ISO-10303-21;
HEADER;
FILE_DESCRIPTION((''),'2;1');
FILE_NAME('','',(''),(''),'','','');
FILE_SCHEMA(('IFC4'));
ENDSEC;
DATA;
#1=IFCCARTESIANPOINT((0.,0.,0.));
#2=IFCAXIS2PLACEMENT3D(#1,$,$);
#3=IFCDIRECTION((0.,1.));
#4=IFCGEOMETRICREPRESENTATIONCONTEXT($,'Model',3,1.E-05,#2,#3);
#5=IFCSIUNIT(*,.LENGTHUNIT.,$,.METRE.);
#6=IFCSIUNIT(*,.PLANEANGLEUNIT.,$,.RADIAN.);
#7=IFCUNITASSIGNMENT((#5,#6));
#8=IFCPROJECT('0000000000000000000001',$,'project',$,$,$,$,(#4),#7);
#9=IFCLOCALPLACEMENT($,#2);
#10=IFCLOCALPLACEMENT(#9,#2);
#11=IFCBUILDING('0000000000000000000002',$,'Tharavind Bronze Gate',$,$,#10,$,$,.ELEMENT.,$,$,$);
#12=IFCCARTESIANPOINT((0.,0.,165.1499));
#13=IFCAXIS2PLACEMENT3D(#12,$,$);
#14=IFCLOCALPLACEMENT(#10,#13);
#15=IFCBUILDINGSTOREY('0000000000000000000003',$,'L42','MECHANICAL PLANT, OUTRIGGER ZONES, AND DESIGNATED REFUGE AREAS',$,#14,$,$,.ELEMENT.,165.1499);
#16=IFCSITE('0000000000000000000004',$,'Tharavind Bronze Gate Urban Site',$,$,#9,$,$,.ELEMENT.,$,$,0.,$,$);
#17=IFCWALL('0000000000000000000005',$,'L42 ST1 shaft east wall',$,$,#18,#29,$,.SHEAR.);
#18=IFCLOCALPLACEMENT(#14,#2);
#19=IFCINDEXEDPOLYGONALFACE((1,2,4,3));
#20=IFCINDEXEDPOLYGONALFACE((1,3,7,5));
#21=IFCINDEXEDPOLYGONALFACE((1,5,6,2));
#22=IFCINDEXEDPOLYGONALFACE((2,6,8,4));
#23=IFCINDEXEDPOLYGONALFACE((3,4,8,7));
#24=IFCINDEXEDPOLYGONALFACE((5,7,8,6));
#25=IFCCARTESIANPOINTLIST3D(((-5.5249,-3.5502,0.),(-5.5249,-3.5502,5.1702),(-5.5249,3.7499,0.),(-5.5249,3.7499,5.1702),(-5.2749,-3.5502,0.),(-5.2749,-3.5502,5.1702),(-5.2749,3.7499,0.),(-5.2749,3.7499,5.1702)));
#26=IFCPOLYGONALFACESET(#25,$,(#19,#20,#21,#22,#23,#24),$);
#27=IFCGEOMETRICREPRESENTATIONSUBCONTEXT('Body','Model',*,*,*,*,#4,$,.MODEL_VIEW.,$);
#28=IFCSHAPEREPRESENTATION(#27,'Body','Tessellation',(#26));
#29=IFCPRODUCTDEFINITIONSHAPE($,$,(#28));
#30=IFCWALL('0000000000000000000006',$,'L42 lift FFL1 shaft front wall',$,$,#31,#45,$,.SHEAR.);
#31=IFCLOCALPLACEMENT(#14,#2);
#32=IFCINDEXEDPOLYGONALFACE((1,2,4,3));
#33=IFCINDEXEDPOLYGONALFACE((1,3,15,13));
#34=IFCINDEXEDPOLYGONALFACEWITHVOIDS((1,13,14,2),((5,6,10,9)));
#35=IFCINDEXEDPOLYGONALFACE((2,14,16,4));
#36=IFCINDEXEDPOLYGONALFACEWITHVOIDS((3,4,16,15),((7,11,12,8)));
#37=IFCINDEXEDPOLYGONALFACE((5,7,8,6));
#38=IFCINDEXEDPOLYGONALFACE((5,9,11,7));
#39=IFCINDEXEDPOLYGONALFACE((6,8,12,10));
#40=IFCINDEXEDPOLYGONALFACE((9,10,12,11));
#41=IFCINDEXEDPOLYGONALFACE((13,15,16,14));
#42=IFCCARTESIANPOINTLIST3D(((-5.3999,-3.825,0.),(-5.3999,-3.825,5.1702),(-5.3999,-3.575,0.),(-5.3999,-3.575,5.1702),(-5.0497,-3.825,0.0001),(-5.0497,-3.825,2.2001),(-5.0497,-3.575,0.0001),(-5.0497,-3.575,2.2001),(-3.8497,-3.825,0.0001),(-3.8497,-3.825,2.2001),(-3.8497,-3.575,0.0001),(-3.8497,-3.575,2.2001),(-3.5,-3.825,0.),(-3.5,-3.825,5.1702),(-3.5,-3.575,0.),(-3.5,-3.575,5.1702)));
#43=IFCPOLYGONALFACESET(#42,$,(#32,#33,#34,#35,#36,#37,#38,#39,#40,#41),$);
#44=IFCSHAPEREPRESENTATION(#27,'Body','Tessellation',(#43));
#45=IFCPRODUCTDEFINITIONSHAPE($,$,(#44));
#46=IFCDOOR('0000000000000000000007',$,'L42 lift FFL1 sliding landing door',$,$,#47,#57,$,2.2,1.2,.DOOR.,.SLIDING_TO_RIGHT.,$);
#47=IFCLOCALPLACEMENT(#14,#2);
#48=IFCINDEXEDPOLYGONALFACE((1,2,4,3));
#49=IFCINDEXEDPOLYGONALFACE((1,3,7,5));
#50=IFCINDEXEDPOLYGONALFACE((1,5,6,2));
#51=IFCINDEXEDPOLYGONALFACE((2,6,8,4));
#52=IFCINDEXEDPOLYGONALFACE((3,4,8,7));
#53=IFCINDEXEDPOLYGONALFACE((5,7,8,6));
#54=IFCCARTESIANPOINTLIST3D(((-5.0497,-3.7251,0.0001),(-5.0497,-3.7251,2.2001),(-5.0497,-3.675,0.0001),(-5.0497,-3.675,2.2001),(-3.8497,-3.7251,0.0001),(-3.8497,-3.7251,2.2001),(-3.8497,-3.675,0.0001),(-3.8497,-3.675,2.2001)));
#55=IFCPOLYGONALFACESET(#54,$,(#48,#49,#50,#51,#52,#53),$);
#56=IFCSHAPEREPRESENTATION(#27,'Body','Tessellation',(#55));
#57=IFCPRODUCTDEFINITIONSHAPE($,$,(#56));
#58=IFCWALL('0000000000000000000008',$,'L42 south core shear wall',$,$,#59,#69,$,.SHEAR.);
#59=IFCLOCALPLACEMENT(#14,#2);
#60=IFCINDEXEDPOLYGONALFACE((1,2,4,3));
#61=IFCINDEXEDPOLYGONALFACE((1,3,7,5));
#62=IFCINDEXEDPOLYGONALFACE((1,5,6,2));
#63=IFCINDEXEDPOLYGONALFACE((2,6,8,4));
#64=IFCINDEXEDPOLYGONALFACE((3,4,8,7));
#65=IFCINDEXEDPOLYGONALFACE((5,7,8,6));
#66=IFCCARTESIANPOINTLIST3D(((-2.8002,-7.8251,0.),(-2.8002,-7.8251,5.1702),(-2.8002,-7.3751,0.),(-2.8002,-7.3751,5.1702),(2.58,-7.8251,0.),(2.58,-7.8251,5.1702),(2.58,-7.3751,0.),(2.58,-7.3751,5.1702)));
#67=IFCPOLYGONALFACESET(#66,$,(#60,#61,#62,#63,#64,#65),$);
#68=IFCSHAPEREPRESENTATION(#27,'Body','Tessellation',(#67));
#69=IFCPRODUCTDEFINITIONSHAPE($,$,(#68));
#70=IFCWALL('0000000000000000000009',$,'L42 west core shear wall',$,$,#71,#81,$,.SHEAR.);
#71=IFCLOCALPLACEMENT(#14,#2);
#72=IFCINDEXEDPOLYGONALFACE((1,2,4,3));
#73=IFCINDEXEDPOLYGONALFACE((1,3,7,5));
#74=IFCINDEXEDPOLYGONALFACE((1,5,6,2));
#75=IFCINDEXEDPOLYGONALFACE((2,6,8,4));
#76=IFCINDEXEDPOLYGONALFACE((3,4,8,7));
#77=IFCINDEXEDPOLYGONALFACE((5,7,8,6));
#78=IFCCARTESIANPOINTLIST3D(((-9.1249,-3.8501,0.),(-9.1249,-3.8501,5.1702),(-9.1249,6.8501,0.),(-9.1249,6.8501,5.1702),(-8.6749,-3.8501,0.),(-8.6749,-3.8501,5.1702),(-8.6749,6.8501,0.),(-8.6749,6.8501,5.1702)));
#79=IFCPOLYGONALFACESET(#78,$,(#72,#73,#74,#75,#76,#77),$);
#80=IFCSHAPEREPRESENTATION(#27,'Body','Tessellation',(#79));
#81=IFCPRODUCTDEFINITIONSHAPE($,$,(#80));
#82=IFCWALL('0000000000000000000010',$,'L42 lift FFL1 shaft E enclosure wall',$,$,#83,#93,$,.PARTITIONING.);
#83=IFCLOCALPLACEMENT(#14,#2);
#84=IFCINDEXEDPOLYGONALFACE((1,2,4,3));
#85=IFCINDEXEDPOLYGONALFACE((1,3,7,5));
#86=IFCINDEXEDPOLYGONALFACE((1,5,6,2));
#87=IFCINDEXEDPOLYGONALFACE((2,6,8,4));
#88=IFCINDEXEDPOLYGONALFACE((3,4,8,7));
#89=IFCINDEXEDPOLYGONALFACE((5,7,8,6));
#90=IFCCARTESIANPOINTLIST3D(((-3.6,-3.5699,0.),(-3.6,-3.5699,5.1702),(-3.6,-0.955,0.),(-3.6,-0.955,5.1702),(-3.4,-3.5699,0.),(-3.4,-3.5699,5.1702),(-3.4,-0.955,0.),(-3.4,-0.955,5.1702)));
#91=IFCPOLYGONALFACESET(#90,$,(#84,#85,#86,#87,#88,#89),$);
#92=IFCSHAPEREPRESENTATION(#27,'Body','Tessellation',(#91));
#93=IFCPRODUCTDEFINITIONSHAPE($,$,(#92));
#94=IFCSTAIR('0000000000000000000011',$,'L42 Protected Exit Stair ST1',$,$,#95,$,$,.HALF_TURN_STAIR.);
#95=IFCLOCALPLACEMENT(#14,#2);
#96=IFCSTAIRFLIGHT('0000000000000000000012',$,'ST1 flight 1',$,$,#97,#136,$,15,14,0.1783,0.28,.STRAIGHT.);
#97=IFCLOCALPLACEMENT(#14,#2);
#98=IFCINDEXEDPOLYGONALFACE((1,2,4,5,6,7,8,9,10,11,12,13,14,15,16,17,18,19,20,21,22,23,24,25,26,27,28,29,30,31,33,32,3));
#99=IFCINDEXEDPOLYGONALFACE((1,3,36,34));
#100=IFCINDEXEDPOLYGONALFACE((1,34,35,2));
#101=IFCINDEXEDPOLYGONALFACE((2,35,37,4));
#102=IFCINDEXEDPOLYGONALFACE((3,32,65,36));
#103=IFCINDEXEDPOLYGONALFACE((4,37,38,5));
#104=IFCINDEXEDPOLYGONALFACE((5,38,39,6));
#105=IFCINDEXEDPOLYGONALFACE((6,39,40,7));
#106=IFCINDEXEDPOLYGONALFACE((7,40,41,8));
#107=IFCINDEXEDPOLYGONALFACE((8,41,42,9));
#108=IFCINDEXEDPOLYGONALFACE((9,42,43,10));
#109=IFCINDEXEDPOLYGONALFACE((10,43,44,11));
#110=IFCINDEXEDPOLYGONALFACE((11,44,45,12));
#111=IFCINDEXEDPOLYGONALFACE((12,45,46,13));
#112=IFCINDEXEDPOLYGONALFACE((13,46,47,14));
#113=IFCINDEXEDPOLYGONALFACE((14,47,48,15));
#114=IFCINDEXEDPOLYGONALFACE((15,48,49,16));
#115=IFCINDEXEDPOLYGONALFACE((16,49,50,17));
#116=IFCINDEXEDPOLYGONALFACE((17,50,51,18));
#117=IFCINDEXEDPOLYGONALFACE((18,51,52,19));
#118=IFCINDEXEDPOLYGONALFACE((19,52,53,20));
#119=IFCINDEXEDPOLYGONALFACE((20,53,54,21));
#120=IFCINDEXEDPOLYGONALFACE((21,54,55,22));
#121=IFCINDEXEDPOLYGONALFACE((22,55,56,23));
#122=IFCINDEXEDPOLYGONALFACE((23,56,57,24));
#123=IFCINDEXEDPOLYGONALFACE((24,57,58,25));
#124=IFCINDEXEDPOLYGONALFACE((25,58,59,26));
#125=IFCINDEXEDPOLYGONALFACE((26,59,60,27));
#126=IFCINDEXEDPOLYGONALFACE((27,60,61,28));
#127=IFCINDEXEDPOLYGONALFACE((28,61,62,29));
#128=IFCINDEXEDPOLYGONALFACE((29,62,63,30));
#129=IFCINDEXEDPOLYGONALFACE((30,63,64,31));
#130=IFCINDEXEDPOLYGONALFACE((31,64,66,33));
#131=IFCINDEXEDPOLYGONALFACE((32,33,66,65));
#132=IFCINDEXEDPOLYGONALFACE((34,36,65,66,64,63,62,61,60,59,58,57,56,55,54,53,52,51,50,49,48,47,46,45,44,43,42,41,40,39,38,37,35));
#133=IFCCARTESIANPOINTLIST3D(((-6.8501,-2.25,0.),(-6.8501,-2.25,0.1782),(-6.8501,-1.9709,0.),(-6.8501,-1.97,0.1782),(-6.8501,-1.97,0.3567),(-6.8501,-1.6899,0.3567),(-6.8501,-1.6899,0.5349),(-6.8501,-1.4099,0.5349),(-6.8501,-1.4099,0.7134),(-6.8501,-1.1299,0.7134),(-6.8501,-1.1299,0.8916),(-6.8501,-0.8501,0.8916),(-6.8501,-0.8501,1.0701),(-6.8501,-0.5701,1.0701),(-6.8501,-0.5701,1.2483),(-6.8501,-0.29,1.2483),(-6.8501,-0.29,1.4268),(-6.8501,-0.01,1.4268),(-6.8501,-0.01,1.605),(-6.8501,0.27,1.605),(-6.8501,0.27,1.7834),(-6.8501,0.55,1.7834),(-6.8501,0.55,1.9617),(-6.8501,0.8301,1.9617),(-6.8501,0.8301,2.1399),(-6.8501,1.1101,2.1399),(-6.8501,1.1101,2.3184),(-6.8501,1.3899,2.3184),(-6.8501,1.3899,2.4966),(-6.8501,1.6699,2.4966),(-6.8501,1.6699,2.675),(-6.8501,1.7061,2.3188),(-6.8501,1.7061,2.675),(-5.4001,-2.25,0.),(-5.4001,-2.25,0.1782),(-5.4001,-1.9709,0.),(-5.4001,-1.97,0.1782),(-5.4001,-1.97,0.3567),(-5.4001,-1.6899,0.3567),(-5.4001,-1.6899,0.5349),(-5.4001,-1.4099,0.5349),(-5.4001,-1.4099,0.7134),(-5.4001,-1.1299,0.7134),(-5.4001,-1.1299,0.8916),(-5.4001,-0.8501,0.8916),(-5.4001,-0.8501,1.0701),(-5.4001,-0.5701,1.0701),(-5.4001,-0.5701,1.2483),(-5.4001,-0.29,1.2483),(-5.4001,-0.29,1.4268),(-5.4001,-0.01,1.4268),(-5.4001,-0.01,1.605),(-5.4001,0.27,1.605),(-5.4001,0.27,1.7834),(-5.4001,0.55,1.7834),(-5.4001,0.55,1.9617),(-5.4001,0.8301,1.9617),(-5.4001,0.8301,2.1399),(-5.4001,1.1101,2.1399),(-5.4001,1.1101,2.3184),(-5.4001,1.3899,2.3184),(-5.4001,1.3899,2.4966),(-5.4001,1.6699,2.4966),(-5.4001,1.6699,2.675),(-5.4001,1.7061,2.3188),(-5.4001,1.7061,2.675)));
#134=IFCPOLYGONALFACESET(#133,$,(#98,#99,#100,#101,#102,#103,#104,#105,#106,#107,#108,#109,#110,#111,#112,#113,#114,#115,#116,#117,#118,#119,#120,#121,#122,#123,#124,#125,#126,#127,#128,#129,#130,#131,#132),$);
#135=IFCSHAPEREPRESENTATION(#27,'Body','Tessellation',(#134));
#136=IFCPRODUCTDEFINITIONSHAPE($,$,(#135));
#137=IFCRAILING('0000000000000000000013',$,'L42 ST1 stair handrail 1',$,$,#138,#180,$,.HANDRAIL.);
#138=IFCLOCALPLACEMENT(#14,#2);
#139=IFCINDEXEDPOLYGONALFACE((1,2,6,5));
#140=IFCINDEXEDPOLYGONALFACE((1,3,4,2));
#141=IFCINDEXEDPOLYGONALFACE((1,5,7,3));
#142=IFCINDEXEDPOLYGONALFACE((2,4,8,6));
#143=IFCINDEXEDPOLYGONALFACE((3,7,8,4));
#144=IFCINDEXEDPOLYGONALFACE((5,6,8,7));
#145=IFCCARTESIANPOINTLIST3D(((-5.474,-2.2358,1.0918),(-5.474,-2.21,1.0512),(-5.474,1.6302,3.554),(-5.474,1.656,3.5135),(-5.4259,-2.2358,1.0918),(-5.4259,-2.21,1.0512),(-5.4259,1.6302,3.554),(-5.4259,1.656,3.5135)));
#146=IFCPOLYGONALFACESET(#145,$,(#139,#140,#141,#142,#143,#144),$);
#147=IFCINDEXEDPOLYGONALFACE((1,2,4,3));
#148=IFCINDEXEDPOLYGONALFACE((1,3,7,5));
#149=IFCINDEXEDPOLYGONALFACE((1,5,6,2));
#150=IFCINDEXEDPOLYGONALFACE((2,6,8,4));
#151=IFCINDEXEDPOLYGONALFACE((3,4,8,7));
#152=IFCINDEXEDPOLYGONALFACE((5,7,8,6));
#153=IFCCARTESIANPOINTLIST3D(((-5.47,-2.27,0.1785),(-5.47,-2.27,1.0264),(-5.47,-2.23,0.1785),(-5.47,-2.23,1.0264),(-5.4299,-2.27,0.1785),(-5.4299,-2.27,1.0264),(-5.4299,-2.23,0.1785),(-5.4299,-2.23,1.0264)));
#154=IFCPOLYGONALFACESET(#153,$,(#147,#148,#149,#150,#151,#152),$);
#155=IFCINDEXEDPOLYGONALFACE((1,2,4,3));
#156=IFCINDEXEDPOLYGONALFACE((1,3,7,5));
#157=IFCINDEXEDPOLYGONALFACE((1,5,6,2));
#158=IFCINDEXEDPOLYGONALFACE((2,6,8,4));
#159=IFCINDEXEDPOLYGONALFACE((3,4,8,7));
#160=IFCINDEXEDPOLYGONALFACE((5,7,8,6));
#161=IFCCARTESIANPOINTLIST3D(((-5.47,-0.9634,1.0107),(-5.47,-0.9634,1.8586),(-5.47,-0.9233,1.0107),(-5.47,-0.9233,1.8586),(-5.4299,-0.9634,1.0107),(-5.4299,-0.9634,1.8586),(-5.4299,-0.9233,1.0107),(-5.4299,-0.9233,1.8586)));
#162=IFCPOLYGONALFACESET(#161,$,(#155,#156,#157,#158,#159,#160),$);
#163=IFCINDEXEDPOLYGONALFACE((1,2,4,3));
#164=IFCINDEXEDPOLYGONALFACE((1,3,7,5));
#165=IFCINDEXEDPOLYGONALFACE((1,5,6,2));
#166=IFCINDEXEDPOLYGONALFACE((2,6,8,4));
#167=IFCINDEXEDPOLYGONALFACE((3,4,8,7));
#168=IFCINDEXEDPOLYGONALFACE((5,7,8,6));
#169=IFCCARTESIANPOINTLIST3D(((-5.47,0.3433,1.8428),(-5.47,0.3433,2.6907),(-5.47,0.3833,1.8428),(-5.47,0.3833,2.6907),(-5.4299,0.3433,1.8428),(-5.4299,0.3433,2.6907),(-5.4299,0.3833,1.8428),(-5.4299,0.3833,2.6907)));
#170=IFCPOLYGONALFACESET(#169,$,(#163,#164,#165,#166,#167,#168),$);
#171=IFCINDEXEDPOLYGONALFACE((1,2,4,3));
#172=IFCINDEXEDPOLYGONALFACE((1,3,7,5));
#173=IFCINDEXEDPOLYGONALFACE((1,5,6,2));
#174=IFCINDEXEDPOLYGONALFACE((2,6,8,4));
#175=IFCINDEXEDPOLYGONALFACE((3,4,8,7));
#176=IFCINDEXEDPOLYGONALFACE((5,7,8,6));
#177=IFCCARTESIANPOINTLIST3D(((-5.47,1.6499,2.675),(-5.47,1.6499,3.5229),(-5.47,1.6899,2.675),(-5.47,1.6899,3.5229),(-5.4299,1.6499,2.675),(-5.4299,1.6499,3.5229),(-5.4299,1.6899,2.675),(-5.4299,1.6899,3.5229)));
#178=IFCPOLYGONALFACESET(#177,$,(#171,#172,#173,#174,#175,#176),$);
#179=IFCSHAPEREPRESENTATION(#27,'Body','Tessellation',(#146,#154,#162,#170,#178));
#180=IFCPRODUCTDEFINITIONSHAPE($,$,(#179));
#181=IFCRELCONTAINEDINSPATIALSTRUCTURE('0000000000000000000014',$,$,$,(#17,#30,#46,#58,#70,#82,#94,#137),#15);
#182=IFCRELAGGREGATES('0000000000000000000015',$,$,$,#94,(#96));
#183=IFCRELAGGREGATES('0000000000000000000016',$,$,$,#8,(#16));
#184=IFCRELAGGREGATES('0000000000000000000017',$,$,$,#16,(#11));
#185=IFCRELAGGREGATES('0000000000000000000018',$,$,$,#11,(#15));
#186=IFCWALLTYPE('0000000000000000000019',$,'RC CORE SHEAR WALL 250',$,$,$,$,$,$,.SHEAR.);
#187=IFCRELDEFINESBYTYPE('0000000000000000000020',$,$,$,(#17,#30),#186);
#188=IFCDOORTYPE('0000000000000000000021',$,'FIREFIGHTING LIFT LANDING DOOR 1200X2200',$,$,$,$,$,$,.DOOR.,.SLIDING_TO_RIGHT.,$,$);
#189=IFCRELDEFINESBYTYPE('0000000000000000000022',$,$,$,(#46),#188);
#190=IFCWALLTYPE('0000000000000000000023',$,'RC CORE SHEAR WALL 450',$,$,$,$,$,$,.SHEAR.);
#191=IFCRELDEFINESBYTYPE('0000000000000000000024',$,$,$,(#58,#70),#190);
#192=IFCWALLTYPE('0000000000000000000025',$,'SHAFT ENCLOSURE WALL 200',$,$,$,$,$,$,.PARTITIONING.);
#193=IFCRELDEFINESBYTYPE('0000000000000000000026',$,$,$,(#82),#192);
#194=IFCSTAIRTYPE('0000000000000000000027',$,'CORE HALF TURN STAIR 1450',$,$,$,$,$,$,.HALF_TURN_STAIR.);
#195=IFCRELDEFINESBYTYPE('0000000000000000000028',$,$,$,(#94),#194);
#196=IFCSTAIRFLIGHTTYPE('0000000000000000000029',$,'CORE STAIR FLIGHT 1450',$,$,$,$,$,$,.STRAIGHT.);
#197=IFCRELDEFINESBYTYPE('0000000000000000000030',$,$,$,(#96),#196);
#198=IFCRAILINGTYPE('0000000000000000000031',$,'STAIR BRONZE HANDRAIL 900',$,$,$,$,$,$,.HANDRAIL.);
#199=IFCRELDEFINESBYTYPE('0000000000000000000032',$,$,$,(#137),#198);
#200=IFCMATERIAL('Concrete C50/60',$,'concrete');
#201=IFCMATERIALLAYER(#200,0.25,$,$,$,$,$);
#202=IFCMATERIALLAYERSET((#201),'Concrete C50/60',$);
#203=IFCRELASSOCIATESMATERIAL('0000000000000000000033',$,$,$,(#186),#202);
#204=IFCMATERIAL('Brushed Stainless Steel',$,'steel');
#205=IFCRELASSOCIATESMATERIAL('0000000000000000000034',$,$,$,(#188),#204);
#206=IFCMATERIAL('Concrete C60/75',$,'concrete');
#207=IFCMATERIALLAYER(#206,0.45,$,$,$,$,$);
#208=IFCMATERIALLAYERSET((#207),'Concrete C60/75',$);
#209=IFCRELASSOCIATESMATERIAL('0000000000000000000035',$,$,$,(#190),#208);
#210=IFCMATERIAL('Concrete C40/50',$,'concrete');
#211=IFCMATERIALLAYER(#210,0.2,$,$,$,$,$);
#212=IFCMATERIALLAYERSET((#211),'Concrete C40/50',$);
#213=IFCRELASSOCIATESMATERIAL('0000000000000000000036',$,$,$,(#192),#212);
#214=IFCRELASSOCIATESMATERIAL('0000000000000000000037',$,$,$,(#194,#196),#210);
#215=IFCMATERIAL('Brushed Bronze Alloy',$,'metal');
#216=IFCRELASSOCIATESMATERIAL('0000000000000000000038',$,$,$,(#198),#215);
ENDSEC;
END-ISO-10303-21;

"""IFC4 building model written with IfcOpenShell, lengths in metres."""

from ifc_helpers import new_model, si_unit, direction, frame, frame_2d, origin, origin_2d, place, context, subcontext, project, spatial, polyline, rectangle, outline, extrude, material, layer, layer_set, type_object, element, fill, aggregate, save


model = new_model("IFC4")

# Units and contexts
model_context = context("Model", 3, precision=1e-05, world=origin(), true_north=direction((0.0, 1.0)))
body_context = subcontext(model_context, "Body", "Model", "MODEL_VIEW")
ifc_project = project(units=[si_unit("LENGTHUNIT", "METRE"), si_unit("PLANEANGLEUNIT", "RADIAN")], contexts=[model_context])

# Site, building, storey
site_placement = place(None, origin())
site = spatial("IfcSite", under=ifc_project, at=site_placement, Name="Tharavind Bronze Gate Urban Site", CompositionType="ELEMENT", RefElevation=0.0)
building_placement = place(site_placement, origin())
building = spatial("IfcBuilding", under=site, at=building_placement, Name="Tharavind Bronze Gate", CompositionType="ELEMENT")
storey_placement = place(building_placement, frame((0.0, 0.0, 165.1499)))
storey = spatial("IfcBuildingStorey", under=building, at=storey_placement, Name="L42", Description="MECHANICAL PLANT, OUTRIGGER ZONES, AND DESIGNATED REFUGE AREAS", CompositionType="ELEMENT", Elevation=165.1499)

# Shared definitions
ifc_material_1 = material(Name="Concrete C60/75", Category="concrete")

# Wall
ifc_material_2 = material(Name="Concrete C50/60", Category="concrete")
ifc_layer_1 = layer(ifc_material_2, 0.25)
ifc_layer_set_1 = layer_set([ifc_layer_1], Name="Concrete C50/60")
wall_type_1 = type_object("IfcWallType", Name="RC CORE SHEAR WALL 250", PredefinedType="SHEAR", material=ifc_layer_set_1)
wall_1_placement = place(storey_placement, frame((-5.3999, -3.55, 0.0), z_axis=(0.0, 0.0, 1.0), x_axis=(0.0, 1.0, 0.0)))
element("IfcWall", 1, at=wall_1_placement, inside=storey, type_object=wall_type_1, Name="L42 ST1 shaft east wall", PredefinedType="SHEAR", context=body_context, shape_type="SweptSolid", body=[
    extrude(rectangle(XDim=7.3, YDim=0.25, at=frame_2d((3.6499, 0.0))), origin(), (0.0, 0.0, 1.0), 5.1702),
])

# Wall, opening, door
wall_2_placement = place(storey_placement, frame((-5.3999, -3.7, 0.0), z_axis=(0.0, 0.0, 1.0), x_axis=(1.0, 0.0, 0.0)))
wall_2 = element("IfcWall", 2, at=wall_2_placement, inside=storey, type_object=wall_type_1, Name="L42 lift FFL1 shaft front wall", PredefinedType="SHEAR", context=body_context, shape_type="SweptSolid", body=[
    extrude(rectangle(XDim=1.8999, YDim=0.25, at=frame_2d((0.95, 0.0))), origin(), (0.0, 0.0, 1.0), 5.1702),
])
opening_1_placement = place(wall_2_placement, frame((0.3501, 0.0, 0.0)))
opening_1 = element("IfcOpeningElement", 3, at=opening_1_placement, cuts=wall_2, PredefinedType="OPENING", context=body_context, shape_type="SweptSolid", body=[
    extrude(rectangle(XDim=1.2, YDim=2.2, at=frame_2d((0.6001, 1.1001))), frame((0.0, 0.135, 0.0), z_axis=(0.0, -1.0, 0.0), x_axis=(1.0, 0.0, 0.0)), (0.0, 0.0, 1.0), 0.27),
])
ifc_material_3 = material(Name="Brushed Stainless Steel", Category="steel")
door_type_1 = type_object("IfcDoorType", Name="FIREFIGHTING LIFT LANDING DOOR 1200X2200", OperationType="SLIDING_TO_RIGHT", PredefinedType="DOOR", material=ifc_material_3)
door_1_placement = place(opening_1_placement, origin())
door_1 = element("IfcDoor", 4, at=door_1_placement, inside=storey, type_object=door_type_1, Name="L42 lift FFL1 sliding landing door", OperationType="SLIDING_TO_RIGHT", OverallHeight=2.2, OverallWidth=1.2, PredefinedType="DOOR", context=body_context, shape_type="SweptSolid", body=[
    extrude(rectangle(XDim=1.2, YDim=2.2, at=frame_2d((0.6001, 1.1001))), frame((0.0, 0.0249, 0.0), z_axis=(0.0, -1.0, 0.0), x_axis=(1.0, 0.0, 0.0)), (0.0, 0.0, 1.0), 0.05),
])
fill(opening_1, door_1)

# Walls
ifc_layer_2 = layer(ifc_material_1, 0.45)
ifc_layer_set_2 = layer_set([ifc_layer_2], Name="Concrete C60/75")
wall_type_2 = type_object("IfcWallType", Name="RC CORE SHEAR WALL 450", PredefinedType="SHEAR", material=ifc_layer_set_2)
wall_3_placement = place(storey_placement, frame((-2.8, -7.6001, 0.0), z_axis=(0.0, 0.0, 1.0), x_axis=(1.0, 0.0, 0.0)))
element("IfcWall", 5, at=wall_3_placement, inside=storey, type_object=wall_type_2, Name="L42 south core shear wall", PredefinedType="SHEAR", context=body_context, shape_type="SweptSolid", body=[
    extrude(rectangle(XDim=5.3801, YDim=0.45, at=frame_2d((2.6899, 0.0))), origin(), (0.0, 0.0, 1.0), 5.1702),
])
wall_4_placement = place(storey_placement, frame((-8.8999, -3.8501, 0.0), z_axis=(0.0, 0.0, 1.0), x_axis=(0.0, 1.0, 0.0)))
element("IfcWall", 6, at=wall_4_placement, inside=storey, type_object=wall_type_2, Name="L42 west core shear wall", PredefinedType="SHEAR", context=body_context, shape_type="SweptSolid", body=[
    extrude(rectangle(XDim=10.7002, YDim=0.45, at=frame_2d((5.3501, 0.0))), origin(), (0.0, 0.0, 1.0), 5.1702),
])
ifc_material_4 = material(Name="Concrete C40/50", Category="concrete")
ifc_layer_3 = layer(ifc_material_4, 0.2)
ifc_layer_set_3 = layer_set([ifc_layer_3], Name="Concrete C40/50")
wall_type_3 = type_object("IfcWallType", Name="SHAFT ENCLOSURE WALL 200", PredefinedType="PARTITIONING", material=ifc_layer_set_3)
wall_5_placement = place(storey_placement, frame((-3.5, -3.5701, 0.0), z_axis=(0.0, 0.0, 1.0), x_axis=(0.0, 1.0, 0.0)))
element("IfcWall", 7, at=wall_5_placement, inside=storey, type_object=wall_type_3, Name="L42 lift FFL1 shaft E enclosure wall", PredefinedType="PARTITIONING", context=body_context, shape_type="SweptSolid", body=[
    extrude(rectangle(XDim=2.615, YDim=0.2, at=frame_2d((1.3076, 0.0))), origin(), (0.0, 0.0, 1.0), 5.1702),
])

# Stair, stair flight
stair_type = type_object("IfcStairType", Name="CORE HALF TURN STAIR 1450", PredefinedType="HALF_TURN_STAIR", material=ifc_material_4)
stair_placement = place(storey_placement, origin())
stair = element("IfcStair", 8, at=stair_placement, inside=storey, type_object=stair_type, Name="L42 Protected Exit Stair ST1", PredefinedType="HALF_TURN_STAIR")
stair_flight_type = type_object("IfcStairFlightType", Name="CORE STAIR FLIGHT 1450", PredefinedType="STRAIGHT", material=ifc_material_4)
stair_flight_placement = place(storey_placement, frame((-6.125, -2.25, 0.0), z_axis=(0.0, 0.0, 1.0), x_axis=(0.0, 1.0, 0.0)))
stair_flight = element("IfcStairFlight", 9, at=stair_flight_placement, type_object=stair_flight_type, Name="ST1 flight 1", NumberOfRisers=15, NumberOfTreads=14, PredefinedType="STRAIGHT", RiserHeight=0.1783, TreadLength=0.28, context=body_context, shape_type="SweptSolid", body=[
    extrude(outline(polyline([(0.0, 0.0), (0.0, 0.1782), (0.28, 0.1782), (0.28, 0.3567), (0.5601, 0.3567), (0.5601, 0.5349), (0.8401, 0.5349), (0.8401, 0.7134), (1.1201, 0.7134), (1.1201, 0.8916), (1.3999, 0.8916), (1.3999, 1.0701), (1.6799, 1.0701), (1.6799, 1.2483), (1.96, 1.2483), (1.96, 1.4268), (2.24, 1.4268), (2.24, 1.605), (2.52, 1.605), (2.52, 1.7834), (2.8, 1.7834), (2.8, 1.9617), (3.0801, 1.9617), (3.0801, 2.1399), (3.3601, 2.1399), (3.3601, 2.3184), (3.6399, 2.3184), (3.6399, 2.4966), (3.9199, 2.4966), (3.9199, 2.675), (3.9561, 2.675), (3.9561, 2.3188), (0.2791, 0.0), (0.0, 0.0)])), frame((0.0, 0.7251, 0.0), z_axis=(0.0, -1.0, 0.0), x_axis=(1.0, 0.0, 0.0)), (0.0, 0.0, 1.0), 1.45),
])
aggregate(stair, [stair_flight])

# Railing
ifc_material_5 = material(Name="Brushed Bronze Alloy", Category="metal")
railing_type_1 = type_object("IfcRailingType", Name="STAIR BRONZE HANDRAIL 900", PredefinedType="HANDRAIL", material=ifc_material_5)
railing_1_placement = place(storey_placement, frame((-5.45, -2.25, 0.1785)))
element("IfcRailing", 10, at=railing_1_placement, inside=storey, type_object=railing_type_1, Name="L42 ST1 stair handrail 1", PredefinedType="HANDRAIL", context=body_context, shape_type="SweptSolid", body=[
    extrude(rectangle(XDim=0.0481, YDim=0.0481, at=origin_2d()), frame((0.0, 0.0271, 0.8931), z_axis=(0.0, 0.843458, 0.537195), x_axis=(-1.0, 0.0, 0.0)), (0.0, 0.0, 1.0), 4.5835),
    extrude(rectangle(XDim=0.04, YDim=0.04, at=origin_2d()), origin(), (0.0, 0.0, 1.0), 0.8479),
    extrude(rectangle(XDim=0.04, YDim=0.04, at=origin_2d()), frame((0.0, 1.3066, 0.8323)), (0.0, 0.0, 1.0), 0.8479),
    extrude(rectangle(XDim=0.04, YDim=0.04, at=origin_2d()), frame((0.0, 2.6133, 1.6643)), (0.0, 0.0, 1.0), 0.8479),
    extrude(rectangle(XDim=0.04, YDim=0.04, at=origin_2d()), frame((0.0, 3.9199, 2.4966)), (0.0, 0.0, 1.0), 0.8479),
])

save(model, "model.ifc")
